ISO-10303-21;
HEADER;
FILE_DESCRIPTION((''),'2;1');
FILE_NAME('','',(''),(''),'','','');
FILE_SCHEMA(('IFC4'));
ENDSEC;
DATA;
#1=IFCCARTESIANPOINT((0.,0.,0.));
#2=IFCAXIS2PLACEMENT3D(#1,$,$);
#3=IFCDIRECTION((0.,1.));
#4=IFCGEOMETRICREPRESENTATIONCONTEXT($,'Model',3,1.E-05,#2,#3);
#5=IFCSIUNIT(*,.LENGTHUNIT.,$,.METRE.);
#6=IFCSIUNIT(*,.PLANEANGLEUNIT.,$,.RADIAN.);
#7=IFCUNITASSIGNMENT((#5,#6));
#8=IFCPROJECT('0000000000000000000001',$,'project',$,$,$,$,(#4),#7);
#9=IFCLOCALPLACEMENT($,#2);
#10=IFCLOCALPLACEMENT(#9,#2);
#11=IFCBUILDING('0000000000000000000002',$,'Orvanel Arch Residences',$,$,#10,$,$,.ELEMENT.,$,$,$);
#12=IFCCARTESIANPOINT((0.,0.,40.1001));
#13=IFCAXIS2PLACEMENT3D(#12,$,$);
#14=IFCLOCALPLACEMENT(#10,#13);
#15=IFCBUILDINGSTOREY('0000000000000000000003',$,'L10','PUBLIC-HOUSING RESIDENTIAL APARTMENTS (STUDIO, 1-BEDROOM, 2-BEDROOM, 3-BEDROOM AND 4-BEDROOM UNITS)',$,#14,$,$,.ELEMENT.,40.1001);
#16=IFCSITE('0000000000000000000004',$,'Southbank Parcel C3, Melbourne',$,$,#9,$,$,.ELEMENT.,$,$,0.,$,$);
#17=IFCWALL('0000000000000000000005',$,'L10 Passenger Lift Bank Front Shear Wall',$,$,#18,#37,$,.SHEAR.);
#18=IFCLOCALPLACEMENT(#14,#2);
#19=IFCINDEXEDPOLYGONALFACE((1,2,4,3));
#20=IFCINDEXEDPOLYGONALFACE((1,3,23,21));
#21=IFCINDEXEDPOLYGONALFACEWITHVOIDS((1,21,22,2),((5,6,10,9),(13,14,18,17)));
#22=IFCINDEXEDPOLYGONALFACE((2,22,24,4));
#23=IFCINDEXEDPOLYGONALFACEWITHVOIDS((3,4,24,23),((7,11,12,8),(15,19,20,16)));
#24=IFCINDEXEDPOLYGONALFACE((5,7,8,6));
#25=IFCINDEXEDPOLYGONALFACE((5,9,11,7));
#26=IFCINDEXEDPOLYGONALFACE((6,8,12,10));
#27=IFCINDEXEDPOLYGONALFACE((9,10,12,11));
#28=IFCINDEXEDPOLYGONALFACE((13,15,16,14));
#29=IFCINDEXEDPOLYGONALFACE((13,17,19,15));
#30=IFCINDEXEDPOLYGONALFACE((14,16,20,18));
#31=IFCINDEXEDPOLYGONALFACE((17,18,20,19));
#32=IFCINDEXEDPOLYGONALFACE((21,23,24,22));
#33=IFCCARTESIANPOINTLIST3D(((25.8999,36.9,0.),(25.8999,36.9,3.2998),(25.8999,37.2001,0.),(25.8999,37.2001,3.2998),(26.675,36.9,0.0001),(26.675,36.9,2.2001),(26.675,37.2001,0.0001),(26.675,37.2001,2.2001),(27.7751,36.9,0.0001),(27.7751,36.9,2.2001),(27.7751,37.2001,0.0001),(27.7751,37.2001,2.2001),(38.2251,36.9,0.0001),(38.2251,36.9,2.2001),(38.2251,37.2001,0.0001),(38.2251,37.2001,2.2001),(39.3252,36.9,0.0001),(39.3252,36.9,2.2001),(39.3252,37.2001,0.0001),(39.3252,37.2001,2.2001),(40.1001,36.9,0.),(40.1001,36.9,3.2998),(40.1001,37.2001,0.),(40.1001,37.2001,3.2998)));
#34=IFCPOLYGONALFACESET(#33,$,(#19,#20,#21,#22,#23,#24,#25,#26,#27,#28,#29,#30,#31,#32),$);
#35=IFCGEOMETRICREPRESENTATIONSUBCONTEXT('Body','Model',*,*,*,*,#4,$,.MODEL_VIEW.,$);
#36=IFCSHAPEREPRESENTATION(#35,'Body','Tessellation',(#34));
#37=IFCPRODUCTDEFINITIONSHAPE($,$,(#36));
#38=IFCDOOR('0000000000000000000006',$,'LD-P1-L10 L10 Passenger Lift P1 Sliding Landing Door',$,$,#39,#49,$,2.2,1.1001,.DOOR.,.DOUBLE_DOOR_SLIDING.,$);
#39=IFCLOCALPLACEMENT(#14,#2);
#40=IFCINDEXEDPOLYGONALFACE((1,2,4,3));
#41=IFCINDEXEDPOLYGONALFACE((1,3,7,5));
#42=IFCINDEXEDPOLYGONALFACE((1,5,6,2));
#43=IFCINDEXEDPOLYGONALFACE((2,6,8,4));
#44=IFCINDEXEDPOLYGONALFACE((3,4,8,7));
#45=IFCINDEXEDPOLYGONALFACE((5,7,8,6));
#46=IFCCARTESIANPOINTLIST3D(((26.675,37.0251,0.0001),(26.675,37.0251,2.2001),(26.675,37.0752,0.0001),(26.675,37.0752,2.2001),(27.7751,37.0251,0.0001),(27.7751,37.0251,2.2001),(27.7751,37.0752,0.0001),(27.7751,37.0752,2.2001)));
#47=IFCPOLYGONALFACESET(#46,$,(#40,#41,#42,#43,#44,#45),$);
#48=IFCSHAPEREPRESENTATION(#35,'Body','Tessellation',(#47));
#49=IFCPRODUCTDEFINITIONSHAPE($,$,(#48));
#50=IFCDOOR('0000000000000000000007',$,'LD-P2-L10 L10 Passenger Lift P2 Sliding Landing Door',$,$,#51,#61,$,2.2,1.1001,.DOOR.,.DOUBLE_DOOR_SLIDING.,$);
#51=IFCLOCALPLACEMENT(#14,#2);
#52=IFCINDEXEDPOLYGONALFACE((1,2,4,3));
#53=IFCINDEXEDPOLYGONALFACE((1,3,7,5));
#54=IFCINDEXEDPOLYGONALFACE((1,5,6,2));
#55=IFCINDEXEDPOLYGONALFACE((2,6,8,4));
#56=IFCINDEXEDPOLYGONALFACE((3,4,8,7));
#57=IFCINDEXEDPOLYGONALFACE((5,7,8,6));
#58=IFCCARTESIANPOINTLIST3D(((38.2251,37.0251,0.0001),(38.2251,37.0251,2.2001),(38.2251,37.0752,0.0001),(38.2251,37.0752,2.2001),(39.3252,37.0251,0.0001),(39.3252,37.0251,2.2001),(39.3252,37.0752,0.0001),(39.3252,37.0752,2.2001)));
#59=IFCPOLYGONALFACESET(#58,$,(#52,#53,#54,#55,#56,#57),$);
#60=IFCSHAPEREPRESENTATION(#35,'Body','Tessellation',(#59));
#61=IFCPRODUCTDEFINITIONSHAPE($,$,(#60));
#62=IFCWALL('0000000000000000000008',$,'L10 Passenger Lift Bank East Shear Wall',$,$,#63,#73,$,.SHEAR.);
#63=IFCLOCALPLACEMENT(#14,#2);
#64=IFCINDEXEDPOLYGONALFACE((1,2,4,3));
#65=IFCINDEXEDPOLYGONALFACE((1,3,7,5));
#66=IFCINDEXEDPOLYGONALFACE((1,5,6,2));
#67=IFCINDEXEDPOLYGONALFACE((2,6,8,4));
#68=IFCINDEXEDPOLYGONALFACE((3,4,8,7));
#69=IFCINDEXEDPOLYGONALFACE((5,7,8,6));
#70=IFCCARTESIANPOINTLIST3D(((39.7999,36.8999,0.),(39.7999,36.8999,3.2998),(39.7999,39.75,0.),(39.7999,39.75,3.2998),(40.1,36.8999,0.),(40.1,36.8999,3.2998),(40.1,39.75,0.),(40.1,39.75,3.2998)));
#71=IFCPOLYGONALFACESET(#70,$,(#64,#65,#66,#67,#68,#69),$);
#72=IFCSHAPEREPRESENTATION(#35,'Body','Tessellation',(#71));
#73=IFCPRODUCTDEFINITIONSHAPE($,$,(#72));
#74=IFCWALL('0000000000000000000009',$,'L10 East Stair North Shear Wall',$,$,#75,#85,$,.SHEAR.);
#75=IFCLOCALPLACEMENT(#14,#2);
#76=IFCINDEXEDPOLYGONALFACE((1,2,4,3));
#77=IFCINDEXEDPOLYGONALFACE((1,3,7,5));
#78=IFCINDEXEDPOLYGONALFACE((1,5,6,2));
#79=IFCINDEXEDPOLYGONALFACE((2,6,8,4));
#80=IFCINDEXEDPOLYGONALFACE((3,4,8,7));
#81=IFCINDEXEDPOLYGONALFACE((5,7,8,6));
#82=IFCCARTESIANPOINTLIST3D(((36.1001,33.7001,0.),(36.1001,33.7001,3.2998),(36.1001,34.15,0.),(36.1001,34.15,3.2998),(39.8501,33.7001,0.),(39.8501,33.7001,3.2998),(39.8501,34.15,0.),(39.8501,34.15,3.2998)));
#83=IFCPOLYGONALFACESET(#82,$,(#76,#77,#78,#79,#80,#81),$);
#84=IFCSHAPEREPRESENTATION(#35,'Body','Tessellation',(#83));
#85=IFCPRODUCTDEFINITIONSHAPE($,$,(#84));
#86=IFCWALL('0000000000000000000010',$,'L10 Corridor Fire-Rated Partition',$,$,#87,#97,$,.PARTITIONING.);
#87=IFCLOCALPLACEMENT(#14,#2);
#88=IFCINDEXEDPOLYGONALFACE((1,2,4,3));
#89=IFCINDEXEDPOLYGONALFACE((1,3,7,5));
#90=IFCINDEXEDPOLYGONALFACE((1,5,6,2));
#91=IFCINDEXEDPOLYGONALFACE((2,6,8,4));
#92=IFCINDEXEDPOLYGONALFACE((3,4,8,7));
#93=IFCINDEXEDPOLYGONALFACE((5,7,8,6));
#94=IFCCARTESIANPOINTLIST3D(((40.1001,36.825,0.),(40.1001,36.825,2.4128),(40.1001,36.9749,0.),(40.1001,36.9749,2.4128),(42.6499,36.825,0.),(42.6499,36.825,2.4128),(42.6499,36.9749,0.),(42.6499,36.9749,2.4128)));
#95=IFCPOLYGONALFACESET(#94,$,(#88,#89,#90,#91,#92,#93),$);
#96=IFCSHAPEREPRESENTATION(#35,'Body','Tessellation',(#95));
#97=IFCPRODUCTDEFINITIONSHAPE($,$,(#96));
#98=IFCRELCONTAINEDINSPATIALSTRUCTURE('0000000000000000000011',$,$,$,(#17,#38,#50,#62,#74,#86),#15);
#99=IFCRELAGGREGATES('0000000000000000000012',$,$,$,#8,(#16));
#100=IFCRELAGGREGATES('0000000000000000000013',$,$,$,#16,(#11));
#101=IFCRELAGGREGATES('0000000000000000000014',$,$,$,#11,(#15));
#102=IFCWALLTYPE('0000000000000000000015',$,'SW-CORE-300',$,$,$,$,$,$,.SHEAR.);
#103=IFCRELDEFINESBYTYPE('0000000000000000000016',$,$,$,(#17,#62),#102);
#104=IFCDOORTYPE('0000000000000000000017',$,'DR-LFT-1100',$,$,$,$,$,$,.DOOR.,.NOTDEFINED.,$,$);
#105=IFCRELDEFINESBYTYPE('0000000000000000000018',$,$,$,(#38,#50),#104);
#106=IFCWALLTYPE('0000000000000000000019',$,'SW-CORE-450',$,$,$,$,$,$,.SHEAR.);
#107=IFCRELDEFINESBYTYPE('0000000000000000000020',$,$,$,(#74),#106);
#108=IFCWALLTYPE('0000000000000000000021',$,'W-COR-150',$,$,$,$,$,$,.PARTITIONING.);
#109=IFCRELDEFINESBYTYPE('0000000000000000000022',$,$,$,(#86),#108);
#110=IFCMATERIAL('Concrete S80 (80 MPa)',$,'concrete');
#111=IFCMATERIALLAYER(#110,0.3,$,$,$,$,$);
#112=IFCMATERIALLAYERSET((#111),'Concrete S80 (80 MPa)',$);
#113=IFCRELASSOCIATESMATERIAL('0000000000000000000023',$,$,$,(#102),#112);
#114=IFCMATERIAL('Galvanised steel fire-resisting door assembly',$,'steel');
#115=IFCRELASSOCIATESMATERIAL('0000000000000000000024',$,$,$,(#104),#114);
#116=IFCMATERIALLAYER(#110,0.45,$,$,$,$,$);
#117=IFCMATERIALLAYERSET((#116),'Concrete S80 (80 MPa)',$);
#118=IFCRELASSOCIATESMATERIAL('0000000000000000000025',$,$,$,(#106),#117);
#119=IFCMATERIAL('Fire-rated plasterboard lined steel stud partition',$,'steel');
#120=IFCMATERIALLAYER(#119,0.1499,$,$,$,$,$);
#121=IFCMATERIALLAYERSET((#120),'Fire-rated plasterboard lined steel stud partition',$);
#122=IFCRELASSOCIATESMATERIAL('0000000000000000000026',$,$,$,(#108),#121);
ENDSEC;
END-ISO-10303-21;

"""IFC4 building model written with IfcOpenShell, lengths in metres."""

from ifc_helpers import new_model, si_unit, direction, frame, frame_2d, origin, place, context, subcontext, project, spatial, rectangle, extrude, material, layer, layer_set, type_object, element, fill, save


model = new_model("IFC4")

# Units and contexts
model_context = context("Model", 3, precision=1e-05, world=origin(), true_north=direction((0.0, 1.0)))
body_context = subcontext(model_context, "Body", "Model", "MODEL_VIEW")
ifc_project = project(units=[si_unit("LENGTHUNIT", "METRE"), si_unit("PLANEANGLEUNIT", "RADIAN")], contexts=[model_context])

# Site, building, storey
site_placement = place(None, origin())
site = spatial("IfcSite", under=ifc_project, at=site_placement, Name="Southbank Parcel C3, Melbourne", CompositionType="ELEMENT", RefElevation=0.0)
building_placement = place(site_placement, origin())
building = spatial("IfcBuilding", under=site, at=building_placement, Name="Orvanel Arch Residences", CompositionType="ELEMENT")
storey_placement = place(building_placement, frame((0.0, 0.0, 40.1001)))
storey = spatial("IfcBuildingStorey", under=building, at=storey_placement, Name="L10", Description="PUBLIC-HOUSING RESIDENTIAL APARTMENTS (STUDIO, 1-BEDROOM, 2-BEDROOM, 3-BEDROOM AND 4-BEDROOM UNITS)", CompositionType="ELEMENT", Elevation=40.1001)

# Wall, openings, doors
ifc_material_1 = material(Name="Concrete S80 (80 MPa)", Category="concrete")
ifc_layer_1 = layer(ifc_material_1, 0.3)
ifc_layer_set_1 = layer_set([ifc_layer_1], Name="Concrete S80 (80 MPa)")
wall_type_1 = type_object("IfcWallType", Name="SW-CORE-300", PredefinedType="SHEAR", material=ifc_layer_set_1)
wall_1_placement = place(storey_placement, frame((40.1001, 37.05, 0.0), z_axis=(0.0, 0.0, 1.0), x_axis=(-1.0, 0.0, 0.0)))
wall_1 = element("IfcWall", 1, at=wall_1_placement, inside=storey, type_object=wall_type_1, Name="L10 Passenger Lift Bank Front Shear Wall", PredefinedType="SHEAR", context=body_context, shape_type="SweptSolid", body=[
    extrude(rectangle(XDim=14.2002, YDim=0.3, at=frame_2d((7.1001, 0.0))), origin(), (0.0, 0.0, 1.0), 3.2998),
])
opening_1_placement = place(wall_1_placement, frame((12.325, 0.0, 0.0)))
opening_1 = element("IfcOpeningElement", 2, at=opening_1_placement, cuts=wall_1, PredefinedType="OPENING", context=body_context, shape_type="SweptSolid", body=[
    extrude(rectangle(XDim=1.1001, YDim=2.2, at=frame_2d((0.55, 1.1001))), frame((0.0, 0.1599, 0.0), z_axis=(0.0, -1.0, 0.0), x_axis=(1.0, 0.0, 0.0)), (0.0, 0.0, 1.0), 0.3201),
])
opening_2_placement = place(wall_1_placement, frame((0.7749, 0.0, 0.0)))
opening_2 = element("IfcOpeningElement", 3, at=opening_2_placement, cuts=wall_1, PredefinedType="OPENING", context=body_context, shape_type="SweptSolid", body=[
    extrude(rectangle(XDim=1.1001, YDim=2.2, at=frame_2d((0.55, 1.1001))), frame((0.0, 0.1599, 0.0), z_axis=(0.0, -1.0, 0.0), x_axis=(1.0, 0.0, 0.0)), (0.0, 0.0, 1.0), 0.3201),
])
ifc_material_2 = material(Name="Galvanised steel fire-resisting door assembly", Category="steel")
door_type_1 = type_object("IfcDoorType", Name="DR-LFT-1100", OperationType="NOTDEFINED", PredefinedType="DOOR", material=ifc_material_2)
door_1_placement = place(opening_1_placement, origin())
door_1 = element("IfcDoor", 4, at=door_1_placement, inside=storey, type_object=door_type_1, Name="LD-P1-L10 L10 Passenger Lift P1 Sliding Landing Door", OperationType="DOUBLE_DOOR_SLIDING", OverallHeight=2.2, OverallWidth=1.1001, PredefinedType="DOOR", context=body_context, shape_type="SweptSolid", body=[
    extrude(rectangle(XDim=1.1001, YDim=2.2, at=frame_2d((0.55, 1.1001))), frame((0.0, 0.0249, 0.0), z_axis=(0.0, -1.0, 0.0), x_axis=(1.0, 0.0, 0.0)), (0.0, 0.0, 1.0), 0.05),
])
fill(opening_1, door_1)
door_2_placement = place(opening_2_placement, origin())
door_2 = element("IfcDoor", 5, at=door_2_placement, inside=storey, type_object=door_type_1, Name="LD-P2-L10 L10 Passenger Lift P2 Sliding Landing Door", OperationType="DOUBLE_DOOR_SLIDING", OverallHeight=2.2, OverallWidth=1.1001, PredefinedType="DOOR", context=body_context, shape_type="SweptSolid", body=[
    extrude(rectangle(XDim=1.1001, YDim=2.2, at=frame_2d((0.55, 1.1001))), frame((0.0, 0.0249, 0.0), z_axis=(0.0, -1.0, 0.0), x_axis=(1.0, 0.0, 0.0)), (0.0, 0.0, 1.0), 0.05),
])
fill(opening_2, door_2)

# Walls
wall_2_placement = place(storey_placement, frame((39.95, 36.8999, 0.0), z_axis=(0.0, 0.0, 1.0), x_axis=(0.0, 1.0, 0.0)))
element("IfcWall", 6, at=wall_2_placement, inside=storey, type_object=wall_type_1, Name="L10 Passenger Lift Bank East Shear Wall", PredefinedType="SHEAR", context=body_context, shape_type="SweptSolid", body=[
    extrude(rectangle(XDim=2.8501, YDim=0.3, at=frame_2d((1.425, 0.0))), origin(), (0.0, 0.0, 1.0), 3.2998),
])
ifc_layer_2 = layer(ifc_material_1, 0.45)
ifc_layer_set_2 = layer_set([ifc_layer_2], Name="Concrete S80 (80 MPa)")
wall_type_2 = type_object("IfcWallType", Name="SW-CORE-450", PredefinedType="SHEAR", material=ifc_layer_set_2)
wall_3_placement = place(storey_placement, frame((36.1001, 33.925, 0.0), z_axis=(0.0, 0.0, 1.0), x_axis=(1.0, 0.0, 0.0)))
element("IfcWall", 7, at=wall_3_placement, inside=storey, type_object=wall_type_2, Name="L10 East Stair North Shear Wall", PredefinedType="SHEAR", context=body_context, shape_type="SweptSolid", body=[
    extrude(rectangle(XDim=3.75, YDim=0.45, at=frame_2d((1.875, 0.0))), origin(), (0.0, 0.0, 1.0), 3.2998),
])
ifc_material_3 = material(Name="Fire-rated plasterboard lined steel stud partition", Category="steel")
ifc_layer_3 = layer(ifc_material_3, 0.1499)
ifc_layer_set_3 = layer_set([ifc_layer_3], Name="Fire-rated plasterboard lined steel stud partition")
wall_type_3 = type_object("IfcWallType", Name="W-COR-150", PredefinedType="PARTITIONING", material=ifc_layer_set_3)
wall_4_placement = place(storey_placement, frame((40.1001, 36.8999, 0.0), z_axis=(0.0, 0.0, 1.0), x_axis=(1.0, 0.0, 0.0)))
element("IfcWall", 8, at=wall_4_placement, inside=storey, type_object=wall_type_3, Name="L10 Corridor Fire-Rated Partition", PredefinedType="PARTITIONING", context=body_context, shape_type="SweptSolid", body=[
    extrude(rectangle(XDim=2.5498, YDim=0.1499, at=frame_2d((1.2749, 0.0))), origin(), (0.0, 0.0, 1.0), 2.4128),
])

save(model, "model.ifc")
